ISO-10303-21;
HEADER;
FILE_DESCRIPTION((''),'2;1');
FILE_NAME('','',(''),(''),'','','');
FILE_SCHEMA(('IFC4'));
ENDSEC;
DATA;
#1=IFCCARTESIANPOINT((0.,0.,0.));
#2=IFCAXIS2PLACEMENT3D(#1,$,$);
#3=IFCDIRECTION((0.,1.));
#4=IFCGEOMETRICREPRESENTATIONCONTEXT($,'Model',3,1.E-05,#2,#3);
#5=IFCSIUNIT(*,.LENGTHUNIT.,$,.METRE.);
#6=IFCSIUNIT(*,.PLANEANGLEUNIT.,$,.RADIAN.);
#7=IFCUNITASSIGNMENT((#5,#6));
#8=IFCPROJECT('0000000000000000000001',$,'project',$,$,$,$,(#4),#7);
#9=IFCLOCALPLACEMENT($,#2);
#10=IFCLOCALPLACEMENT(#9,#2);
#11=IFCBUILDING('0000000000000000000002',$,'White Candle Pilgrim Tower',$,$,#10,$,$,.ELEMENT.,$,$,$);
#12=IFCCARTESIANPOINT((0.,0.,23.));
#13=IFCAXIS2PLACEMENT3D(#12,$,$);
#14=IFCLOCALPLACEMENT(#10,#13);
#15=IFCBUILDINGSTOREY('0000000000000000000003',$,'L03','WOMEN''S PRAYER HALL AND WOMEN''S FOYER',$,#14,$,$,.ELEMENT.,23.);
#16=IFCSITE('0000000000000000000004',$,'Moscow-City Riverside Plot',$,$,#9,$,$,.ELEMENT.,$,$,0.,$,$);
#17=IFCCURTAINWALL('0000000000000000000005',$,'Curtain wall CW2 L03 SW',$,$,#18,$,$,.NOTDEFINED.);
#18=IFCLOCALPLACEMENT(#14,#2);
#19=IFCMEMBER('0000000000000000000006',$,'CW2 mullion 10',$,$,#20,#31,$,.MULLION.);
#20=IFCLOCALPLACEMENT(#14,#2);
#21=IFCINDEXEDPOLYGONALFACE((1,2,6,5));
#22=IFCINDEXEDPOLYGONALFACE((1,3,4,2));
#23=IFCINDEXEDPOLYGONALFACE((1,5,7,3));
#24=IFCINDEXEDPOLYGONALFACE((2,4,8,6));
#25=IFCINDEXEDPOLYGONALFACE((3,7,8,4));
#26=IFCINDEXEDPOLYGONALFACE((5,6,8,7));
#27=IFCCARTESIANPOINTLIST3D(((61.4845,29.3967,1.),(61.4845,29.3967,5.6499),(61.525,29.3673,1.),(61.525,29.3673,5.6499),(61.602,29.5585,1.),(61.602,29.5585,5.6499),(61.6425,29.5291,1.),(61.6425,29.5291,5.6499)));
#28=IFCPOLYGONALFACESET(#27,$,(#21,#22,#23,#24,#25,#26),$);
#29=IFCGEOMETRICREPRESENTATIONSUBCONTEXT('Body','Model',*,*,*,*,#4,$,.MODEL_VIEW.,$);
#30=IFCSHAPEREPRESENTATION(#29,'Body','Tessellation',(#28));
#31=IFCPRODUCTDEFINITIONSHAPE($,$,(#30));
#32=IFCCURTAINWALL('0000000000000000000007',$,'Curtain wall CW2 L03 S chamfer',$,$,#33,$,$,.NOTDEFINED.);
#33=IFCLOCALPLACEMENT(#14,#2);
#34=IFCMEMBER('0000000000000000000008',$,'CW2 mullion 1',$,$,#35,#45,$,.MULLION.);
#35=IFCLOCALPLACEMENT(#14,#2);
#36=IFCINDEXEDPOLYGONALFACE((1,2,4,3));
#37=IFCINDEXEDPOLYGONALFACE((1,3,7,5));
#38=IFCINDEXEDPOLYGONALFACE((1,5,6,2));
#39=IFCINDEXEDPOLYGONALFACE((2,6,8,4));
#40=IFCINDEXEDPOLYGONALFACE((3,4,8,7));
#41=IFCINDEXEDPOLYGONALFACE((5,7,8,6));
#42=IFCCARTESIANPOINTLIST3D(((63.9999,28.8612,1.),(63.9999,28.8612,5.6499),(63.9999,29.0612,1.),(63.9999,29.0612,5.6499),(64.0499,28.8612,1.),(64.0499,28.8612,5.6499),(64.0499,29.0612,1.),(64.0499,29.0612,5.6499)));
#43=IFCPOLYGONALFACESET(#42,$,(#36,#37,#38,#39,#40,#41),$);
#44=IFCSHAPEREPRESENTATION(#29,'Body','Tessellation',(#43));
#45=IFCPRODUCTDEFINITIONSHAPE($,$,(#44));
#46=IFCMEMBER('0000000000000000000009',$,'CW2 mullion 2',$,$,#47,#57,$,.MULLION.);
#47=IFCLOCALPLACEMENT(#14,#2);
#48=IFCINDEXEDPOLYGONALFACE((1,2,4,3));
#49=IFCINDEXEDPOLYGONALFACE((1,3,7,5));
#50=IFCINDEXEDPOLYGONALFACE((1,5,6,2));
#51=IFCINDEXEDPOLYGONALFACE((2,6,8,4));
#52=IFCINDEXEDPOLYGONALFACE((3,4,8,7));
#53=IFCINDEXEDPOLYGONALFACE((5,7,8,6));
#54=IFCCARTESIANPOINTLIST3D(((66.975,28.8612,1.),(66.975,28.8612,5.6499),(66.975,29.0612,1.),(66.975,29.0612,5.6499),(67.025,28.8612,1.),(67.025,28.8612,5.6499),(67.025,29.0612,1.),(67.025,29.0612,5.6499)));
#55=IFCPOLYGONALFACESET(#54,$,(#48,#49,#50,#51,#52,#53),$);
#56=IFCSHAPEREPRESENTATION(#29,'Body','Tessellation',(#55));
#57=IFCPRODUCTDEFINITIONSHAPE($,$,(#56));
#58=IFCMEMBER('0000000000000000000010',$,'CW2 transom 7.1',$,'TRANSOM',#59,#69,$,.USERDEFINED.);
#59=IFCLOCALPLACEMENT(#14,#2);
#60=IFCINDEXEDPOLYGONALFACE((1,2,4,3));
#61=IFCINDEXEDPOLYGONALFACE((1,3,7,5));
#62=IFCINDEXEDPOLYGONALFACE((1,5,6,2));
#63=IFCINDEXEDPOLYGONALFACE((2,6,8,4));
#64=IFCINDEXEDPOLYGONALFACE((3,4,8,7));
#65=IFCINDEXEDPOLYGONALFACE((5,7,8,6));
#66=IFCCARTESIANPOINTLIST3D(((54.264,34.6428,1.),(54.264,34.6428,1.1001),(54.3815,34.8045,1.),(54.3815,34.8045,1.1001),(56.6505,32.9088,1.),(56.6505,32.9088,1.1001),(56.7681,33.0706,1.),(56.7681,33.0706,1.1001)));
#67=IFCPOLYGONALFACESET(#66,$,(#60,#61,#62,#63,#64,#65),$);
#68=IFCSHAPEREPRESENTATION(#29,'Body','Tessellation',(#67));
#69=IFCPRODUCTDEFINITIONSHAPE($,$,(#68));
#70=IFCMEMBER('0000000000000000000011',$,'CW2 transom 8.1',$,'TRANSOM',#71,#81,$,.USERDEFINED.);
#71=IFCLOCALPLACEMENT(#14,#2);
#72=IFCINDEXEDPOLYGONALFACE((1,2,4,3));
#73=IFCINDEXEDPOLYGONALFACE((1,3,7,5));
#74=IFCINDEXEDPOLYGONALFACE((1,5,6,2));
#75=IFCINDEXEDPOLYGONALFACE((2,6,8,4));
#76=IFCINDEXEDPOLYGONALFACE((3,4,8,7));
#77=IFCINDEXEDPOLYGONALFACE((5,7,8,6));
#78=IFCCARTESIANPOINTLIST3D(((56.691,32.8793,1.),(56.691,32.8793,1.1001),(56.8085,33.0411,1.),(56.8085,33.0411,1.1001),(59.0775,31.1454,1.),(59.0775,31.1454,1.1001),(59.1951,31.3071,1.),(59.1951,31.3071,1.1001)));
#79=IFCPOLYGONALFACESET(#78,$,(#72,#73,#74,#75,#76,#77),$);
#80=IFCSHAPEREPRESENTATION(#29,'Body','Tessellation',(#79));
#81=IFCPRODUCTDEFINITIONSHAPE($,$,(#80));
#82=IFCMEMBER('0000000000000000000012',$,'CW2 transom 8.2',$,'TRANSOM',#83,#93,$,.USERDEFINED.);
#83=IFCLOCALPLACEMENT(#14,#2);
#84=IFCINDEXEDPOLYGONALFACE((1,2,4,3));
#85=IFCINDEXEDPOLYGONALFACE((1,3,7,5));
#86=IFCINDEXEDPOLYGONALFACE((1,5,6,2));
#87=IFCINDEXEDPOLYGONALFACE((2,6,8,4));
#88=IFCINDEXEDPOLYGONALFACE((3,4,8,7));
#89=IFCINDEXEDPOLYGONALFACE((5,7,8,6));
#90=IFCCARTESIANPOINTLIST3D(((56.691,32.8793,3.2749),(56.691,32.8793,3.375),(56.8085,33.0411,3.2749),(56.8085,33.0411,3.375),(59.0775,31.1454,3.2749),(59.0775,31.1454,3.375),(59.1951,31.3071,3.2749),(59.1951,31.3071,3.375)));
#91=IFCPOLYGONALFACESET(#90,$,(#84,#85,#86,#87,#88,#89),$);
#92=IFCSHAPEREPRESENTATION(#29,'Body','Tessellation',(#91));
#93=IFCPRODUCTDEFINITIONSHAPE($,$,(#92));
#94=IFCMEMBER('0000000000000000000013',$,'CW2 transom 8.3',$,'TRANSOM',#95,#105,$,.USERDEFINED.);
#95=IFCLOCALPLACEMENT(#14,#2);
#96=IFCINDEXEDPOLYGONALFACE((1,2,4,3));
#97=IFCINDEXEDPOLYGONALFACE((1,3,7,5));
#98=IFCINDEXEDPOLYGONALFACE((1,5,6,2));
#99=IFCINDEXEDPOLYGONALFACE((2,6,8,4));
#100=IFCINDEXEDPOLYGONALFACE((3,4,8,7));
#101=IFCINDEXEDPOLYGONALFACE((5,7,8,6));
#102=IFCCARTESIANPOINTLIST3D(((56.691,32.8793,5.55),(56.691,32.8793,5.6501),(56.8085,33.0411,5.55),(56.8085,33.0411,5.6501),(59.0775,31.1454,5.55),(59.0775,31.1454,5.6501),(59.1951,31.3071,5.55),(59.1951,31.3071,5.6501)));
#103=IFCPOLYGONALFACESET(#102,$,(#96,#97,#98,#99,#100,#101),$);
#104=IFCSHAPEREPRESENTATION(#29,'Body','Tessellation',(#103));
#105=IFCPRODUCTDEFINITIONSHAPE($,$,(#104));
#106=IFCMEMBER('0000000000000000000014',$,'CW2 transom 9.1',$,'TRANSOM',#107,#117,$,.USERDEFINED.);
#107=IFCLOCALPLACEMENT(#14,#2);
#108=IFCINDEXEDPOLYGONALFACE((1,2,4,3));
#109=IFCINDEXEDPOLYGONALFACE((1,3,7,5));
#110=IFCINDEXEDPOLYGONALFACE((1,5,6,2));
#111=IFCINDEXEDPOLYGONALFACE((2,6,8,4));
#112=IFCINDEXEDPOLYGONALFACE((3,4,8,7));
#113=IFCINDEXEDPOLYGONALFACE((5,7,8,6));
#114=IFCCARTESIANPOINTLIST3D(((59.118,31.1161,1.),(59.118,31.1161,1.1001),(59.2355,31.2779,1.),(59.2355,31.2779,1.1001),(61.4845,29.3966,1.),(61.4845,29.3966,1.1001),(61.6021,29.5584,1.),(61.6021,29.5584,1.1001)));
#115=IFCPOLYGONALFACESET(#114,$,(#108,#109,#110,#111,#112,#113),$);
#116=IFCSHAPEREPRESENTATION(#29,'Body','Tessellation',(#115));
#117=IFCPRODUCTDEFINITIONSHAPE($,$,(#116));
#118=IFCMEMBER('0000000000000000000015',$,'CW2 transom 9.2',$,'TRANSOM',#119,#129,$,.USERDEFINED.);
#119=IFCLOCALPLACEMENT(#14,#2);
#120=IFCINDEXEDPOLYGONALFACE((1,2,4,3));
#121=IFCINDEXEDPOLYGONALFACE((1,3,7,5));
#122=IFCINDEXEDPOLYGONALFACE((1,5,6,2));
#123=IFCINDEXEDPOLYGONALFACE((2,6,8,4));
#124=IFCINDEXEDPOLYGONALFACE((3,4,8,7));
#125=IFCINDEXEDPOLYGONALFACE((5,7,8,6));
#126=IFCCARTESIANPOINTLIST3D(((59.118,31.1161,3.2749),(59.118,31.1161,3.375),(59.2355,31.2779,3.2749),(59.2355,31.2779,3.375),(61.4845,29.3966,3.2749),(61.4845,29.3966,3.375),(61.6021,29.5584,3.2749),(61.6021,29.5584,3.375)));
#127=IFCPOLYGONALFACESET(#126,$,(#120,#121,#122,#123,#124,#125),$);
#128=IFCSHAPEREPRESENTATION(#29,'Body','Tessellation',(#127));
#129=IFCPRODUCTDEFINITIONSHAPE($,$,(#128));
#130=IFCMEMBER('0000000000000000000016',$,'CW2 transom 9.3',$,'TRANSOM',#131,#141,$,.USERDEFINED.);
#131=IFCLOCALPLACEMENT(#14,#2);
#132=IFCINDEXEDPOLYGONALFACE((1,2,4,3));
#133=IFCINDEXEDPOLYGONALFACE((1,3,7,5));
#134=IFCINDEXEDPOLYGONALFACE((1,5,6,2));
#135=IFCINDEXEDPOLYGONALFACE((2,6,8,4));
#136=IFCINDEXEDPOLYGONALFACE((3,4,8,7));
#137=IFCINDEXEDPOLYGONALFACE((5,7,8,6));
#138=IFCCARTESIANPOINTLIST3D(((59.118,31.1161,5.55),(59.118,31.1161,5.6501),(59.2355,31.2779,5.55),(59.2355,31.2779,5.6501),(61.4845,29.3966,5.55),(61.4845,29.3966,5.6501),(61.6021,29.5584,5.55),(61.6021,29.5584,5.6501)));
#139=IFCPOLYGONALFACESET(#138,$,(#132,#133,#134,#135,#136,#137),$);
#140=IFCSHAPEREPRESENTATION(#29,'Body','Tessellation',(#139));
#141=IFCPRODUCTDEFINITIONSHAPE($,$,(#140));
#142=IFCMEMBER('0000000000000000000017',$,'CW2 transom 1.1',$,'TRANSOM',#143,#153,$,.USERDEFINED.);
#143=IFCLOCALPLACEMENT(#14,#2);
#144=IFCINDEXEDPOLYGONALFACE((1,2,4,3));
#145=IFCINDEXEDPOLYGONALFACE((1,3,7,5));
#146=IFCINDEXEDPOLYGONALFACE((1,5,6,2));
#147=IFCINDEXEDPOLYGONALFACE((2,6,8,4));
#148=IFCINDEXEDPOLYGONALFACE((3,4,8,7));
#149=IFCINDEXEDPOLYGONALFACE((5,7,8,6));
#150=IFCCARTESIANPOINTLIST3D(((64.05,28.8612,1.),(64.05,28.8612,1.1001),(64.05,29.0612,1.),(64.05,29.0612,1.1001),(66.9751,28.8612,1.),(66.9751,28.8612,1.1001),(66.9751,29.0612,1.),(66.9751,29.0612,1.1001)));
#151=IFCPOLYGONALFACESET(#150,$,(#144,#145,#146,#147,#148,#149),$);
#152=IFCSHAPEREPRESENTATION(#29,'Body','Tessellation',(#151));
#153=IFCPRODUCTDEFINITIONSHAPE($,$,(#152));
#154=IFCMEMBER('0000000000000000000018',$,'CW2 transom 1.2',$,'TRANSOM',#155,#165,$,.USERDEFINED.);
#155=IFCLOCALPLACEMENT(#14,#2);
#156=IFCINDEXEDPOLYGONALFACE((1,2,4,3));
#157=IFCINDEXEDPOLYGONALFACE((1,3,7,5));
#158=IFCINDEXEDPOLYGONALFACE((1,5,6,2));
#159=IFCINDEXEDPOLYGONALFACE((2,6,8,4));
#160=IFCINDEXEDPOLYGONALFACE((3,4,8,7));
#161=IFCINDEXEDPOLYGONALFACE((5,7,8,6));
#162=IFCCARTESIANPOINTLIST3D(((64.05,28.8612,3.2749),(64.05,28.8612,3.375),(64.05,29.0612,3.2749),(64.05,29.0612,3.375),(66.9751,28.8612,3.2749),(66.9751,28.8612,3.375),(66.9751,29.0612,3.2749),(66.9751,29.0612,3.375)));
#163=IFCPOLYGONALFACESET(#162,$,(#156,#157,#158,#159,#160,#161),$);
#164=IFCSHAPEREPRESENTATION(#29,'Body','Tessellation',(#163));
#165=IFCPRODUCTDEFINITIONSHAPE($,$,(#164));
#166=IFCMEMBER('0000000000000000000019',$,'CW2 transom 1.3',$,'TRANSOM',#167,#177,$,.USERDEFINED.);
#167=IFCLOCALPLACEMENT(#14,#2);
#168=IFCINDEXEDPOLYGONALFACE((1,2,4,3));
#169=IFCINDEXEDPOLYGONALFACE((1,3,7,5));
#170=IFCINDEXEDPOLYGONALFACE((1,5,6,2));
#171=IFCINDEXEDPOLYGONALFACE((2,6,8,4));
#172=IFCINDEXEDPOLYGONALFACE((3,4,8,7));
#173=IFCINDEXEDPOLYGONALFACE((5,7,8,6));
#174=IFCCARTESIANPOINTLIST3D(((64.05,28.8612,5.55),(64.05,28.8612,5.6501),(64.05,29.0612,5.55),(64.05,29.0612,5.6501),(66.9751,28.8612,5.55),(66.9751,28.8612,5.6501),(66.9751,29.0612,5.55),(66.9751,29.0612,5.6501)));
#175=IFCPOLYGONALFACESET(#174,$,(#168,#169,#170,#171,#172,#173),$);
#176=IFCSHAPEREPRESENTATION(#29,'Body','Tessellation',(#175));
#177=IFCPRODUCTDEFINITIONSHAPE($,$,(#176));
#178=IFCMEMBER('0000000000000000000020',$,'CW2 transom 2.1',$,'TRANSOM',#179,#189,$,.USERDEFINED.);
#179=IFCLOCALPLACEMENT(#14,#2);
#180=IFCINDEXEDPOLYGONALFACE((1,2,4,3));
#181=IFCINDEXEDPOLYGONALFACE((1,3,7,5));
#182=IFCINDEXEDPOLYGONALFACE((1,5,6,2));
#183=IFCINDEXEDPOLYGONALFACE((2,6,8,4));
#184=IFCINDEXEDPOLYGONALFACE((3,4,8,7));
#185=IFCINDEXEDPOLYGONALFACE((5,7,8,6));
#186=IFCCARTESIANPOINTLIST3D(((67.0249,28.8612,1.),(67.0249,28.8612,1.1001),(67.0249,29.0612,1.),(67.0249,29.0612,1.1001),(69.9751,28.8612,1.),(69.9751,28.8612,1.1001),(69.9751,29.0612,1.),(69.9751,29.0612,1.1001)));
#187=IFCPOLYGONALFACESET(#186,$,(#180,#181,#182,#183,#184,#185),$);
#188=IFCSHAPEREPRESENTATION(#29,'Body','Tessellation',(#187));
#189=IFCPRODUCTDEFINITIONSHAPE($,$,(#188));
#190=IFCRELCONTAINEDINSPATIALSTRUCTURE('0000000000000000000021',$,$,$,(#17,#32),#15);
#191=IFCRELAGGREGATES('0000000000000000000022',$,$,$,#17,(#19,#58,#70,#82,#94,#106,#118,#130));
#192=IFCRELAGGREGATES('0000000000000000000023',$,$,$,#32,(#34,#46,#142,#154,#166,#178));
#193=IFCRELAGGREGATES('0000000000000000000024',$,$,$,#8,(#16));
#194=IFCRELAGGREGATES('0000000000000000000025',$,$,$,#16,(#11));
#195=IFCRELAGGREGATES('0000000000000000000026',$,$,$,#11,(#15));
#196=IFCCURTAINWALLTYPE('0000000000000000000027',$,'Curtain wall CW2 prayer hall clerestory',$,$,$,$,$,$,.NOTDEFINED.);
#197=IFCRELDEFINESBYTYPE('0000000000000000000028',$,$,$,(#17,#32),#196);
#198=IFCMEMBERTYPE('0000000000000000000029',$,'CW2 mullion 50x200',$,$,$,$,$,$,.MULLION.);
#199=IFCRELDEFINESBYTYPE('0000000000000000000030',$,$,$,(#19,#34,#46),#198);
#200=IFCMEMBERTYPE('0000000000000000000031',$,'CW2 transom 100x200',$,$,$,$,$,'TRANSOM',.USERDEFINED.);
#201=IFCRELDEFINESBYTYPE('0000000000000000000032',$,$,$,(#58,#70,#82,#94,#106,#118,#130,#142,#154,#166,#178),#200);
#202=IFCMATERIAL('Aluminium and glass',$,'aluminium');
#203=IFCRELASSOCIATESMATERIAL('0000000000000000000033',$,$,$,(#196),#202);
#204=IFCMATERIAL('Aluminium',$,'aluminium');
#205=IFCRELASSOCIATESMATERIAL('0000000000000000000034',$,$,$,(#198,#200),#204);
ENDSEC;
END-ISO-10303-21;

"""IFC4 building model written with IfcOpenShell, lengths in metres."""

from ifc_helpers import new_model, si_unit, direction, frame, origin, origin_2d, place, context, subcontext, project, spatial, rectangle, extrude, material, material_profile, profile_set, type_object, element, aggregate, save


model = new_model("IFC4")

# Units and contexts
model_context = context("Model", 3, precision=1e-05, world=origin(), true_north=direction((0.0, 1.0)))
body_context = subcontext(model_context, "Body", "Model", "MODEL_VIEW")
ifc_project = project(units=[si_unit("LENGTHUNIT", "METRE"), si_unit("PLANEANGLEUNIT", "RADIAN")], contexts=[model_context])

# Site, building, storey
site_placement = place(None, origin())
site = spatial("IfcSite", under=ifc_project, at=site_placement, Name="Moscow-City Riverside Plot", CompositionType="ELEMENT", RefElevation=0.0)
building_placement = place(site_placement, origin())
building = spatial("IfcBuilding", under=site, at=building_placement, Name="White Candle Pilgrim Tower", CompositionType="ELEMENT")
storey_placement = place(building_placement, frame((0.0, 0.0, 23.0)))
storey = spatial("IfcBuildingStorey", under=building, at=storey_placement, Name="L03", Description="WOMEN'S PRAYER HALL AND WOMEN'S FOYER", CompositionType="ELEMENT", Elevation=23.0)

# Curtain walls, members
ifc_material_1 = material(Name="Aluminium and glass", Category="aluminium")
curtain_wall_type = type_object("IfcCurtainWallType", Name="Curtain wall CW2 prayer hall clerestory", PredefinedType="NOTDEFINED", material=ifc_material_1)
curtain_wall_1_placement = place(storey_placement, origin())
curtain_wall_1 = element("IfcCurtainWall", 1, at=curtain_wall_1_placement, inside=storey, type_object=curtain_wall_type, Name="Curtain wall CW2 L03 SW", PredefinedType="NOTDEFINED")
ifc_material_2 = material(Name="Aluminium", Category="aluminium")
ifc_material_profile_1 = material_profile(ifc_material_2, rectangle(XDim=0.2, YDim=0.05, at=origin_2d()), Name="CW2 mullion 50x200")
ifc_profile_set_1 = profile_set([ifc_material_profile_1], Name="Aluminium")
member_type_1 = type_object("IfcMemberType", Name="CW2 mullion 50x200", PredefinedType="MULLION", material=ifc_profile_set_1)
member_1_placement = place(storey_placement, frame((61.5635, 29.4629, 1.0), z_axis=(0.0, 0.0, 1.0), x_axis=(0.587785, 0.809017, 0.0)))
member_1 = element("IfcMember", 2, at=member_1_placement, type_object=member_type_1, Name="CW2 mullion 10", PredefinedType="MULLION", context=body_context, shape_type="SweptSolid", body=[
    extrude(rectangle(XDim=0.2, YDim=0.05, at=origin_2d()), origin(), (0.0, 0.0, 1.0), 4.6499),
])
curtain_wall_2_placement = place(storey_placement, origin())
curtain_wall_2 = element("IfcCurtainWall", 3, at=curtain_wall_2_placement, inside=storey, type_object=curtain_wall_type, Name="Curtain wall CW2 L03 S chamfer", PredefinedType="NOTDEFINED")
member_2_placement = place(storey_placement, frame((64.0249, 28.9612, 1.0), z_axis=(0.0, 0.0, 1.0), x_axis=(0.0, 1.0, 0.0)))
member_2 = element("IfcMember", 4, at=member_2_placement, type_object=member_type_1, Name="CW2 mullion 1", PredefinedType="MULLION", context=body_context, shape_type="SweptSolid", body=[
    extrude(rectangle(XDim=0.2, YDim=0.05, at=origin_2d()), origin(), (0.0, 0.0, 1.0), 4.6499),
])
member_3_placement = place(storey_placement, frame((67.0, 28.9612, 1.0), z_axis=(0.0, 0.0, 1.0), x_axis=(0.0, 1.0, 0.0)))
member_3 = element("IfcMember", 5, at=member_3_placement, type_object=member_type_1, Name="CW2 mullion 2", PredefinedType="MULLION", context=body_context, shape_type="SweptSolid", body=[
    extrude(rectangle(XDim=0.2, YDim=0.05, at=origin_2d()), origin(), (0.0, 0.0, 1.0), 4.6499),
])

# Members
ifc_material_profile_2 = material_profile(ifc_material_2, rectangle(XDim=0.2, YDim=0.1001, at=origin_2d()), Name="CW2 transom 100x200")
ifc_profile_set_2 = profile_set([ifc_material_profile_2], Name="Aluminium")
member_type_2 = type_object("IfcMemberType", Name="CW2 transom 100x200", ElementType="TRANSOM", PredefinedType="USERDEFINED", material=ifc_profile_set_2)
member_4_placement = place(storey_placement, frame((54.3228, 34.7236, 1.05), z_axis=(0.809015, -0.587788, 0.0), x_axis=(0.587788, 0.809015, 0.0)))
member_4 = element("IfcMember", 6, at=member_4_placement, type_object=member_type_2, Name="CW2 transom 7.1", ObjectType="TRANSOM", PredefinedType="USERDEFINED", context=body_context, shape_type="SweptSolid", body=[
    extrude(rectangle(XDim=0.2, YDim=0.1001, at=origin_2d()), origin(), (0.0, 0.0, 1.0), 2.95),
])
member_5_placement = place(storey_placement, frame((56.7498, 32.9602, 1.05), z_axis=(0.809015, -0.587788, 0.0), x_axis=(0.587788, 0.809015, 0.0)))
member_5 = element("IfcMember", 7, at=member_5_placement, type_object=member_type_2, Name="CW2 transom 8.1", ObjectType="TRANSOM", PredefinedType="USERDEFINED", context=body_context, shape_type="SweptSolid", body=[
    extrude(rectangle(XDim=0.2, YDim=0.1001, at=origin_2d()), origin(), (0.0, 0.0, 1.0), 2.95),
])
member_6_placement = place(storey_placement, frame((56.7498, 32.9602, 3.325), z_axis=(0.809015, -0.587788, 0.0), x_axis=(0.587788, 0.809015, 0.0)))
member_6 = element("IfcMember", 8, at=member_6_placement, type_object=member_type_2, Name="CW2 transom 8.2", ObjectType="TRANSOM", PredefinedType="USERDEFINED", context=body_context, shape_type="SweptSolid", body=[
    extrude(rectangle(XDim=0.2, YDim=0.1001, at=origin_2d()), origin(), (0.0, 0.0, 1.0), 2.95),
])
member_7_placement = place(storey_placement, frame((56.7498, 32.9602, 5.6001), z_axis=(0.809015, -0.587788, 0.0), x_axis=(0.587788, 0.809015, 0.0)))
member_7 = element("IfcMember", 9, at=member_7_placement, type_object=member_type_2, Name="CW2 transom 8.3", ObjectType="TRANSOM", PredefinedType="USERDEFINED", context=body_context, shape_type="SweptSolid", body=[
    extrude(rectangle(XDim=0.2, YDim=0.1001, at=origin_2d()), origin(), (0.0, 0.0, 1.0), 2.95),
])
member_8_placement = place(storey_placement, frame((59.1768, 31.197, 1.05), z_axis=(0.808992, -0.587819, 0.0), x_axis=(0.587819, 0.808992, 0.0)))
member_8 = element("IfcMember", 10, at=member_8_placement, type_object=member_type_2, Name="CW2 transom 9.1", ObjectType="TRANSOM", PredefinedType="USERDEFINED", context=body_context, shape_type="SweptSolid", body=[
    extrude(rectangle(XDim=0.2, YDim=0.1001, at=origin_2d()), origin(), (0.0, 0.0, 1.0), 2.9253),
])
member_9_placement = place(storey_placement, frame((59.1768, 31.197, 3.325), z_axis=(0.808992, -0.587819, 0.0), x_axis=(0.587819, 0.808992, 0.0)))
member_9 = element("IfcMember", 11, at=member_9_placement, type_object=member_type_2, Name="CW2 transom 9.2", ObjectType="TRANSOM", PredefinedType="USERDEFINED", context=body_context, shape_type="SweptSolid", body=[
    extrude(rectangle(XDim=0.2, YDim=0.1001, at=origin_2d()), origin(), (0.0, 0.0, 1.0), 2.9253),
])
member_10_placement = place(storey_placement, frame((59.1768, 31.197, 5.6001), z_axis=(0.808992, -0.587819, 0.0), x_axis=(0.587819, 0.808992, 0.0)))
member_10 = element("IfcMember", 12, at=member_10_placement, type_object=member_type_2, Name="CW2 transom 9.3", ObjectType="TRANSOM", PredefinedType="USERDEFINED", context=body_context, shape_type="SweptSolid", body=[
    extrude(rectangle(XDim=0.2, YDim=0.1001, at=origin_2d()), origin(), (0.0, 0.0, 1.0), 2.9253),
])
member_11_placement = place(storey_placement, frame((64.05, 28.9612, 1.05), z_axis=(1.0, 0.0, 0.0), x_axis=(0.0, 1.0, 0.0)))
member_11 = element("IfcMember", 13, at=member_11_placement, type_object=member_type_2, Name="CW2 transom 1.1", ObjectType="TRANSOM", PredefinedType="USERDEFINED", context=body_context, shape_type="SweptSolid", body=[
    extrude(rectangle(XDim=0.2, YDim=0.1001, at=origin_2d()), origin(), (0.0, 0.0, 1.0), 2.925),
])
member_12_placement = place(storey_placement, frame((64.05, 28.9612, 3.325), z_axis=(1.0, 0.0, 0.0), x_axis=(0.0, 1.0, 0.0)))
member_12 = element("IfcMember", 14, at=member_12_placement, type_object=member_type_2, Name="CW2 transom 1.2", ObjectType="TRANSOM", PredefinedType="USERDEFINED", context=body_context, shape_type="SweptSolid", body=[
    extrude(rectangle(XDim=0.2, YDim=0.1001, at=origin_2d()), origin(), (0.0, 0.0, 1.0), 2.925),
])
member_13_placement = place(storey_placement, frame((64.05, 28.9612, 5.6001), z_axis=(1.0, 0.0, 0.0), x_axis=(0.0, 1.0, 0.0)))
member_13 = element("IfcMember", 15, at=member_13_placement, type_object=member_type_2, Name="CW2 transom 1.3", ObjectType="TRANSOM", PredefinedType="USERDEFINED", context=body_context, shape_type="SweptSolid", body=[
    extrude(rectangle(XDim=0.2, YDim=0.1001, at=origin_2d()), origin(), (0.0, 0.0, 1.0), 2.925),
])
member_14_placement = place(storey_placement, frame((67.0249, 28.9612, 1.05), z_axis=(1.0, 0.0, 0.0), x_axis=(0.0, 1.0, 0.0)))
member_14 = element("IfcMember", 16, at=member_14_placement, type_object=member_type_2, Name="CW2 transom 2.1", ObjectType="TRANSOM", PredefinedType="USERDEFINED", context=body_context, shape_type="SweptSolid", body=[
    extrude(rectangle(XDim=0.2, YDim=0.1001, at=origin_2d()), origin(), (0.0, 0.0, 1.0), 2.9502),
])

aggregate(curtain_wall_1, [member_1, member_4, member_5, member_6, member_7, member_8, member_9, member_10])
aggregate(curtain_wall_2, [member_2, member_3, member_11, member_12, member_13, member_14])

save(model, "model.ifc")
